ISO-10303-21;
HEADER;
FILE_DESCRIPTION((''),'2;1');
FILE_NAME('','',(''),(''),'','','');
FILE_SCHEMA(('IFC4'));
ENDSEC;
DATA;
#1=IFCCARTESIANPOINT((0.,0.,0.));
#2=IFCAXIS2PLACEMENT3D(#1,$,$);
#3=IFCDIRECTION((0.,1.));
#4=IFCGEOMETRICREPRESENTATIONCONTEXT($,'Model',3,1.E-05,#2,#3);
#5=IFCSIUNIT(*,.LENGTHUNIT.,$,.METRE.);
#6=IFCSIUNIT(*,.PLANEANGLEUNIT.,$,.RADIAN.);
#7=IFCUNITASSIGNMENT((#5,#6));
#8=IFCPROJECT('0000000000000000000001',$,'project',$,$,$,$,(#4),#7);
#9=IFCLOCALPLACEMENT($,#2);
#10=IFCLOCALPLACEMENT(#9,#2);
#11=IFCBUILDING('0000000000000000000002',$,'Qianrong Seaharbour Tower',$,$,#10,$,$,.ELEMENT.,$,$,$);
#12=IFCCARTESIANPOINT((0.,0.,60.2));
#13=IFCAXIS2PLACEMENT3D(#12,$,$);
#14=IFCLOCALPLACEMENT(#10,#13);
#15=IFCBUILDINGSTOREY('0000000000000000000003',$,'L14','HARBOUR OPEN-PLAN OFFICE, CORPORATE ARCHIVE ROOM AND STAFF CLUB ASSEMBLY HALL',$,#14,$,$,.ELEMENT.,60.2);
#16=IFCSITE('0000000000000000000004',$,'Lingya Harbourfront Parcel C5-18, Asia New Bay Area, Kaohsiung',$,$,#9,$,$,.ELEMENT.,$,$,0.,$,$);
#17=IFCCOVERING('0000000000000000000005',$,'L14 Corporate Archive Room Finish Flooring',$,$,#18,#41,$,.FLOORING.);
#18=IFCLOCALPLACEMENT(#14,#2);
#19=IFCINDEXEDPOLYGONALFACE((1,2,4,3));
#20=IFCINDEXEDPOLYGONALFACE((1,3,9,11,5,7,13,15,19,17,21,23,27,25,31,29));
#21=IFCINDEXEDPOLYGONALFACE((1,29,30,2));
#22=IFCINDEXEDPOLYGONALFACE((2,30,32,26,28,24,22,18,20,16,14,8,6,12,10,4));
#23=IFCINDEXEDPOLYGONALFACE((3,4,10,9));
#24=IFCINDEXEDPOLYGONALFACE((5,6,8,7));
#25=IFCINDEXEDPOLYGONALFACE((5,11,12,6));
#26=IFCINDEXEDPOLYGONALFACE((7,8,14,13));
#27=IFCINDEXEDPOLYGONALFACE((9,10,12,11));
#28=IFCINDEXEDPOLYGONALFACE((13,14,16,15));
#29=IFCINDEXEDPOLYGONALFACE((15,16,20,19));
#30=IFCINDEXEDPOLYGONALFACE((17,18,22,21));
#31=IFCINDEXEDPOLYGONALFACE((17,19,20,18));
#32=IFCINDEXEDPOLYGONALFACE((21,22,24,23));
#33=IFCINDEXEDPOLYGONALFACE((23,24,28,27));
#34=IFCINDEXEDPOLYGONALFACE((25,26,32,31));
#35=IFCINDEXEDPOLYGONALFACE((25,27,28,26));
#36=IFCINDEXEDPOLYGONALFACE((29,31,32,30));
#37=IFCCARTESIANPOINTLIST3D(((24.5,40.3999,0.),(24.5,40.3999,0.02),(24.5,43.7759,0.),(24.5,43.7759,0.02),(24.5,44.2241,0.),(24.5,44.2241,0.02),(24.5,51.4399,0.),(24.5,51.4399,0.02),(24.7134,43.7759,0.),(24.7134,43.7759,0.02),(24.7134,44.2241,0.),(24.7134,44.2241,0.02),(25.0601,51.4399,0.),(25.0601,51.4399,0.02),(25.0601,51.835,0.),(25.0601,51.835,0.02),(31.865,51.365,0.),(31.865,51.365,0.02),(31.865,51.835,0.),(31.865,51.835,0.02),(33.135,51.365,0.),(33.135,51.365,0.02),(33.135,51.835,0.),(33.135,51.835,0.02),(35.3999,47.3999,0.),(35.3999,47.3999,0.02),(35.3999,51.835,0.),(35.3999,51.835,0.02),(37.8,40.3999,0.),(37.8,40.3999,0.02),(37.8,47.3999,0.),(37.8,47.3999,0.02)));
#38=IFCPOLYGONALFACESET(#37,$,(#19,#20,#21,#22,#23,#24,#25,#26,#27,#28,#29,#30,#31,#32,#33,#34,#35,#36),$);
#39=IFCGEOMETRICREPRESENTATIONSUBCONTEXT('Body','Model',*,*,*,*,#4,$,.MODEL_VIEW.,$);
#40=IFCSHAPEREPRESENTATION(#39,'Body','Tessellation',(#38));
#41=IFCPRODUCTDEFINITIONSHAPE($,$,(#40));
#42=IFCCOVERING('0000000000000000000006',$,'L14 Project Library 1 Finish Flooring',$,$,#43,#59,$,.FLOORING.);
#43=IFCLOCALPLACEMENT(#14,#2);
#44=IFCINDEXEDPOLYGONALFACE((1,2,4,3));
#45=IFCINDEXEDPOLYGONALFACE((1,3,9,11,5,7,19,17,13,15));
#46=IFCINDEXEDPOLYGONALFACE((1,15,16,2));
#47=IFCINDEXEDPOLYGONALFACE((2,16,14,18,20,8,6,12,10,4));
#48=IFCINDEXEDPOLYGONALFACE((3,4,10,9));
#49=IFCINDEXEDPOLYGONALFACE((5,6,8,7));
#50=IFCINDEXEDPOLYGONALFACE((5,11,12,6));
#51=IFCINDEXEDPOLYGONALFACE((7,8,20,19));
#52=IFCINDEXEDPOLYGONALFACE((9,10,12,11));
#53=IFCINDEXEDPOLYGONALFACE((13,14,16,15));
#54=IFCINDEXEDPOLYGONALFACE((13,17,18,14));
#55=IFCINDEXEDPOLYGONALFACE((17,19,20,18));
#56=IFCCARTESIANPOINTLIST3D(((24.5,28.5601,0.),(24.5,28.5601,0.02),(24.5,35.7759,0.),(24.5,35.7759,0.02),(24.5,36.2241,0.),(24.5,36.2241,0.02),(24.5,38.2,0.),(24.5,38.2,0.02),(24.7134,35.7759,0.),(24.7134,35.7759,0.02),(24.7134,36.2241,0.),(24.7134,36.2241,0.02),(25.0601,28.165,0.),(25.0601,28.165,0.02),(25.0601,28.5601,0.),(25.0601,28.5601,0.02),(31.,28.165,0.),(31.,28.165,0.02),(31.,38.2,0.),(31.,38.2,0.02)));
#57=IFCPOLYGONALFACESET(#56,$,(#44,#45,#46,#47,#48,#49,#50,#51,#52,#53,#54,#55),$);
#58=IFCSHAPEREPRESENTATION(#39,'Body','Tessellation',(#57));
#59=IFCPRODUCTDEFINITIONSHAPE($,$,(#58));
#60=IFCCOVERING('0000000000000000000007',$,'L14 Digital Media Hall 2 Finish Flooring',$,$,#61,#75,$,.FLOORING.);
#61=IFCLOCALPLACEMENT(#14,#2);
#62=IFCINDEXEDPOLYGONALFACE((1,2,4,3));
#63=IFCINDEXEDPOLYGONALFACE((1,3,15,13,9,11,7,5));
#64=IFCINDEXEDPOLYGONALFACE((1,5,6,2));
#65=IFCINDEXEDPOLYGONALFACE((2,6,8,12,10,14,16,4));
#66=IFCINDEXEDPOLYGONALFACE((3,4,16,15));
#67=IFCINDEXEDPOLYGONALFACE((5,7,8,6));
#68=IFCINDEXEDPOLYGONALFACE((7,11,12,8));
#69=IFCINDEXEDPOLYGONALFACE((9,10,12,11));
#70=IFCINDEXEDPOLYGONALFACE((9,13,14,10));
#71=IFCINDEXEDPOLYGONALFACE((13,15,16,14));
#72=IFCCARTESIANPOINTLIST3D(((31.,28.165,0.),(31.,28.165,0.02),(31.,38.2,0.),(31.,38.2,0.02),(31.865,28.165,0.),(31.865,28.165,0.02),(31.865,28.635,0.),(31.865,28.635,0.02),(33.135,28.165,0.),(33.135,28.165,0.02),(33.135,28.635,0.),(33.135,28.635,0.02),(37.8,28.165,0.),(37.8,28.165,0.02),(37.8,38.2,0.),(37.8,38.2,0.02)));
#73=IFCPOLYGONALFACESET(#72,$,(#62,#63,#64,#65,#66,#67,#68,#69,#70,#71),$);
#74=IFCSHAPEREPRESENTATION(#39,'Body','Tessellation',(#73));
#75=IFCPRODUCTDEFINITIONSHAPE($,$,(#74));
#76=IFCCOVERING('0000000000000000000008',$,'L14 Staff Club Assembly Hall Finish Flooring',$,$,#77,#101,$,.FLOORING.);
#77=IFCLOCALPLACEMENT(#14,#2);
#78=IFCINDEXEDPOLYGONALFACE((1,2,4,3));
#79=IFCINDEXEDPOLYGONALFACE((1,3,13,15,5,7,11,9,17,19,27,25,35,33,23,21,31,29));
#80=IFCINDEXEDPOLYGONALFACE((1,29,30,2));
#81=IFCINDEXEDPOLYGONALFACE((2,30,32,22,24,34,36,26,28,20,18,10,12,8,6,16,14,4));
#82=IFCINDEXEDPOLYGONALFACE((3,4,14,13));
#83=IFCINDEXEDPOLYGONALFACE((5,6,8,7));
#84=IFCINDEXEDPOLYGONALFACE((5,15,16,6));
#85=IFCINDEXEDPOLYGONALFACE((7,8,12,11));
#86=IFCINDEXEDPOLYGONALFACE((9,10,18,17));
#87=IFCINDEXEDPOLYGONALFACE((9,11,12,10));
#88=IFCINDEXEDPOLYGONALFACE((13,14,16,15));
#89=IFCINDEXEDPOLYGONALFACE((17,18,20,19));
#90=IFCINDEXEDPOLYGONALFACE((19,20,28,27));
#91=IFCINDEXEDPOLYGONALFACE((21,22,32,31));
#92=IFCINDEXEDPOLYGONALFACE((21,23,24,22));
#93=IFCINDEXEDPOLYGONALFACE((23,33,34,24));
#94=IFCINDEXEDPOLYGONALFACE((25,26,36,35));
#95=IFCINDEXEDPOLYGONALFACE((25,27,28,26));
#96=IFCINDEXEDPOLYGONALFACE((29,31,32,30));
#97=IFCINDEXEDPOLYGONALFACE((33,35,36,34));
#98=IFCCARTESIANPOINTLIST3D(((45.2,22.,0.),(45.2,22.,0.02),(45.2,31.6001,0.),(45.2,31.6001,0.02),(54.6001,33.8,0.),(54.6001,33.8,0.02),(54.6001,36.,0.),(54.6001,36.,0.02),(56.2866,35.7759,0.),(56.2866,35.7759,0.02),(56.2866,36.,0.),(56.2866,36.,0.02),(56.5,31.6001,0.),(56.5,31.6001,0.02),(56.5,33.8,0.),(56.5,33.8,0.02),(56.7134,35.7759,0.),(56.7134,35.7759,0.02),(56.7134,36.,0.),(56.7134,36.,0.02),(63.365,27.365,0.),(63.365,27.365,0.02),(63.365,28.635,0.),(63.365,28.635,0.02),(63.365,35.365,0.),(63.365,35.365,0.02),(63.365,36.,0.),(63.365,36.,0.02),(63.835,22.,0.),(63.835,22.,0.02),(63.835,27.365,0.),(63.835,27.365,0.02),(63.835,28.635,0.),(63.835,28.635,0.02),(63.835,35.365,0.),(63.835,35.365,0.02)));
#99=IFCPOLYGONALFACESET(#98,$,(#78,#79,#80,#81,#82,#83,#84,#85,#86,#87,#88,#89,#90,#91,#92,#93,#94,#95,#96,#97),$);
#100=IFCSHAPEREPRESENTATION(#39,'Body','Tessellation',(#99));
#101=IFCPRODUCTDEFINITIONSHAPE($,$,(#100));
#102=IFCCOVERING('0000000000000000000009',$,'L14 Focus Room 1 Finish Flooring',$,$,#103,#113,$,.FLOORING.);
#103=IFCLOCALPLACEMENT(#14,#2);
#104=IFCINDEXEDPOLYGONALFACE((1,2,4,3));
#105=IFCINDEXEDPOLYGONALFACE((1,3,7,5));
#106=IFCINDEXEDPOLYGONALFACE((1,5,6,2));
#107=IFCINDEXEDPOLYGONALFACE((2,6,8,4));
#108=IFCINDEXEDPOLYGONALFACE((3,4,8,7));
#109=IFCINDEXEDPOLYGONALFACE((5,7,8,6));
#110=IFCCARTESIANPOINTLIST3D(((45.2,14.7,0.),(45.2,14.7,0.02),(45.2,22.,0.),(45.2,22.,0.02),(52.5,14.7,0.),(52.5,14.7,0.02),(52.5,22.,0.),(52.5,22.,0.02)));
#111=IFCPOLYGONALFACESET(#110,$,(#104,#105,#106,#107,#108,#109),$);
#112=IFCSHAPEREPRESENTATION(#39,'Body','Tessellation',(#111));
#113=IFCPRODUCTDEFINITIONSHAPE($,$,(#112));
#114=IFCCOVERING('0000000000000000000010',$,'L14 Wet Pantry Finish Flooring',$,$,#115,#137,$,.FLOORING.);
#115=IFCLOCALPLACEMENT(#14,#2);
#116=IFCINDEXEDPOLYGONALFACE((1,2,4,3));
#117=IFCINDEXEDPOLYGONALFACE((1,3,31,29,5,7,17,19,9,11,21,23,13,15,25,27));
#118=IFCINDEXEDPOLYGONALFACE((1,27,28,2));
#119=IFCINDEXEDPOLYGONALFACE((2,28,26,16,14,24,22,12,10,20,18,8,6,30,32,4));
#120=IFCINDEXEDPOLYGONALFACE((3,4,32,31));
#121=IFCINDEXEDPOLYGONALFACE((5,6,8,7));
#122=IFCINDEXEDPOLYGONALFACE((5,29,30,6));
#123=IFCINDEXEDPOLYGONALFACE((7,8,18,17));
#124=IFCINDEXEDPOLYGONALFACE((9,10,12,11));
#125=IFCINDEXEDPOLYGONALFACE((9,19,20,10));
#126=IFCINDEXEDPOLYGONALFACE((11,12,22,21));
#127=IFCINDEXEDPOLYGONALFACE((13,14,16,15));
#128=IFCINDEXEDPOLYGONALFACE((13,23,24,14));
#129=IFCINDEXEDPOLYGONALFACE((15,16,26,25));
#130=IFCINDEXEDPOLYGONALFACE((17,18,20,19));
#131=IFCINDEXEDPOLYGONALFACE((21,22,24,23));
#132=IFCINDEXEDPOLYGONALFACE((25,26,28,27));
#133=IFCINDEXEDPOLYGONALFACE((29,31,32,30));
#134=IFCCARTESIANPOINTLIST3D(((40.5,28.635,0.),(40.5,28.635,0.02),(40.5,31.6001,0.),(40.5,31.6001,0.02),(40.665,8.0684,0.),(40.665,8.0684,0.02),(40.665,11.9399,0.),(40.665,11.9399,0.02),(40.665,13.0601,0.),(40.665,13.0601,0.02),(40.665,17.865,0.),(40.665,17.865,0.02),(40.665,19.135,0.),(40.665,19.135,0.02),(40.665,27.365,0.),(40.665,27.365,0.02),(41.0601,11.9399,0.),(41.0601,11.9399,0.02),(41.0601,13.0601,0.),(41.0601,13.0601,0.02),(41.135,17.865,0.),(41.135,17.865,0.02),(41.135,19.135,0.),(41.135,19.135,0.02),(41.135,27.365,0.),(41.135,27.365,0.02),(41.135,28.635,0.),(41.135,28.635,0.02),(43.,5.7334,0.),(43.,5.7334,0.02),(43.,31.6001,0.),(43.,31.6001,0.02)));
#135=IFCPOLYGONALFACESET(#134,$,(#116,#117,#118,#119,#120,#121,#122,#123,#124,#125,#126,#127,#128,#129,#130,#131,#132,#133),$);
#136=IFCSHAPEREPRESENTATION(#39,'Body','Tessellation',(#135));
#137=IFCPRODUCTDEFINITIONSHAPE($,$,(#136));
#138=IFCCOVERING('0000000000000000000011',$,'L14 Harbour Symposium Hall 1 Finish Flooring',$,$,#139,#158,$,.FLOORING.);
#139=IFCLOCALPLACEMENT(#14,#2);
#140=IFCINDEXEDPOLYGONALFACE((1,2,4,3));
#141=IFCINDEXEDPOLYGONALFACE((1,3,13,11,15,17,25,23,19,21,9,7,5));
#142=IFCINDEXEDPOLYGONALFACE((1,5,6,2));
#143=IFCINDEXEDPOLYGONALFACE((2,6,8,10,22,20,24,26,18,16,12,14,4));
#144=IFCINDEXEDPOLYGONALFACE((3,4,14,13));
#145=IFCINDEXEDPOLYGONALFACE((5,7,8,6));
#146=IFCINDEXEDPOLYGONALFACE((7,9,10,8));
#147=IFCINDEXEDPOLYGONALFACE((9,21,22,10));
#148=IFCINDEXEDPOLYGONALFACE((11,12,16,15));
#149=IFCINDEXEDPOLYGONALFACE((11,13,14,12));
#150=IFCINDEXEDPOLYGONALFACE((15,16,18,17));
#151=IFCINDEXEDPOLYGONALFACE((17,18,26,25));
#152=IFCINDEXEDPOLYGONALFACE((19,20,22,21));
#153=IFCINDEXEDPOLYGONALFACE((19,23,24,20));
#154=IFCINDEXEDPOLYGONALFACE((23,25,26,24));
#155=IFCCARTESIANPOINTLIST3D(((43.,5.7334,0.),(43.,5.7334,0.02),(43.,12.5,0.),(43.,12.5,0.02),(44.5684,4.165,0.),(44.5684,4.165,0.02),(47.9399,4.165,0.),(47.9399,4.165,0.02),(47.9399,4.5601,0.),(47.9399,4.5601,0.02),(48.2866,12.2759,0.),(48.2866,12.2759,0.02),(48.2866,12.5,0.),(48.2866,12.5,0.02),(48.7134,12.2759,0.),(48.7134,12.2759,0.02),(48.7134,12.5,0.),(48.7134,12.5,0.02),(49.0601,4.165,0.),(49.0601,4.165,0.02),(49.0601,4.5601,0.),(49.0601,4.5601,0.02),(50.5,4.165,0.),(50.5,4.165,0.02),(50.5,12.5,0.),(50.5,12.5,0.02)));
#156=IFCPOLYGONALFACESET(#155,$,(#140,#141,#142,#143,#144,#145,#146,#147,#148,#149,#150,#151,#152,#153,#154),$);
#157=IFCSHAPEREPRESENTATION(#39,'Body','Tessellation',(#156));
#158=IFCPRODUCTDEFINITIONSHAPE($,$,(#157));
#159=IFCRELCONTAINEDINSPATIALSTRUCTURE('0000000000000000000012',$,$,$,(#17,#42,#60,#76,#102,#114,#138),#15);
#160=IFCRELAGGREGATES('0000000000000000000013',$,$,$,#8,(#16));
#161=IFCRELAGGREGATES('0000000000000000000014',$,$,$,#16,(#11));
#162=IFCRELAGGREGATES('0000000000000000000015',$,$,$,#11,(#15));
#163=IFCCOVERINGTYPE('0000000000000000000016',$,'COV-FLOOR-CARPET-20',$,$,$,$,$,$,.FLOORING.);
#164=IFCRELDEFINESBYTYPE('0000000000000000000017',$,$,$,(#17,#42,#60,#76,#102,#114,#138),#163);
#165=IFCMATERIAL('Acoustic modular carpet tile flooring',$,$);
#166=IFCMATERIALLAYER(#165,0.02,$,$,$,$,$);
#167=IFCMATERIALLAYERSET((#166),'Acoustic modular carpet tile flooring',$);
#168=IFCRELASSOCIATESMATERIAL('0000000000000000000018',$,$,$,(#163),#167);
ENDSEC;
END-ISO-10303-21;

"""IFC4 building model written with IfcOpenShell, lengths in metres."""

from ifc_helpers import new_model, si_unit, direction, frame, origin, place, context, subcontext, project, spatial, polyline, outline, extrude, material, layer, layer_set, type_object, element, save


model = new_model("IFC4")

# Units and contexts
model_context = context("Model", 3, precision=1e-05, world=origin(), true_north=direction((0.0, 1.0)))
body_context = subcontext(model_context, "Body", "Model", "MODEL_VIEW")
ifc_project = project(units=[si_unit("LENGTHUNIT", "METRE"), si_unit("PLANEANGLEUNIT", "RADIAN")], contexts=[model_context])

# Site, building, storey
site_placement = place(None, origin())
site = spatial("IfcSite", under=ifc_project, at=site_placement, Name="Lingya Harbourfront Parcel C5-18, Asia New Bay Area, Kaohsiung", CompositionType="ELEMENT", RefElevation=0.0)
building_placement = place(site_placement, origin())
building = spatial("IfcBuilding", under=site, at=building_placement, Name="Qianrong Seaharbour Tower", CompositionType="ELEMENT")
storey_placement = place(building_placement, frame((0.0, 0.0, 60.2)))
storey = spatial("IfcBuildingStorey", under=building, at=storey_placement, Name="L14", Description="HARBOUR OPEN-PLAN OFFICE, CORPORATE ARCHIVE ROOM AND STAFF CLUB ASSEMBLY HALL", CompositionType="ELEMENT", Elevation=60.2)

# Coverings
ifc_material_1 = material(Name="Acoustic modular carpet tile flooring")
ifc_layer_1 = layer(ifc_material_1, 0.02)
ifc_layer_set_1 = layer_set([ifc_layer_1], Name="Acoustic modular carpet tile flooring")
covering_type_1 = type_object("IfcCoveringType", Name="COV-FLOOR-CARPET-20", PredefinedType="FLOORING", material=ifc_layer_set_1)
covering_1_placement = place(storey_placement, origin())
element("IfcCovering", 1, at=covering_1_placement, inside=storey, type_object=covering_type_1, Name="L14 Corporate Archive Room Finish Flooring", PredefinedType="FLOORING", context=body_context, shape_type="SweptSolid", body=[
    extrude(outline(polyline([(24.5, 43.7759), (24.7134, 43.7759), (24.7134, 44.2241), (24.5, 44.2241), (24.5, 51.4399), (25.0601, 51.4399), (25.0601, 51.835), (31.865, 51.835), (31.865, 51.365), (33.135, 51.365), (33.135, 51.835), (35.3999, 51.835), (35.3999, 47.3999), (37.8, 47.3999), (37.8, 40.3999), (24.5, 40.3999), (24.5, 43.7759)])), origin(), (0.0, 0.0, 1.0), 0.02),
])
covering_2_placement = place(storey_placement, origin())
element("IfcCovering", 2, at=covering_2_placement, inside=storey, type_object=covering_type_1, Name="L14 Project Library 1 Finish Flooring", PredefinedType="FLOORING", context=body_context, shape_type="SweptSolid", body=[
    extrude(outline(polyline([(31.0, 28.165), (25.0601, 28.165), (25.0601, 28.5601), (24.5, 28.5601), (24.5, 35.7759), (24.7134, 35.7759), (24.7134, 36.2241), (24.5, 36.2241), (24.5, 38.2), (31.0, 38.2), (31.0, 28.165)])), origin(), (0.0, 0.0, 1.0), 0.02),
])
covering_3_placement = place(storey_placement, origin())
element("IfcCovering", 3, at=covering_3_placement, inside=storey, type_object=covering_type_1, Name="L14 Digital Media Hall 2 Finish Flooring", PredefinedType="FLOORING", context=body_context, shape_type="SweptSolid", body=[
    extrude(outline(polyline([(37.8, 28.165), (33.135, 28.165), (33.135, 28.635), (31.865, 28.635), (31.865, 28.165), (31.0, 28.165), (31.0, 38.2), (37.8, 38.2), (37.8, 28.165)])), origin(), (0.0, 0.0, 1.0), 0.02),
])
covering_4_placement = place(storey_placement, origin())
element("IfcCovering", 4, at=covering_4_placement, inside=storey, type_object=covering_type_1, Name="L14 Staff Club Assembly Hall Finish Flooring", PredefinedType="FLOORING", context=body_context, shape_type="SweptSolid", body=[
    extrude(outline(polyline([(56.5, 31.6001), (56.5, 33.8), (54.6001, 33.8), (54.6001, 36.0), (56.2866, 36.0), (56.2866, 35.7759), (56.7134, 35.7759), (56.7134, 36.0), (63.365, 36.0), (63.365, 35.365), (63.835, 35.365), (63.835, 28.635), (63.365, 28.635), (63.365, 27.365), (63.835, 27.365), (63.835, 22.0), (45.2, 22.0), (45.2, 31.6001), (56.5, 31.6001)])), origin(), (0.0, 0.0, 1.0), 0.02),
])
covering_5_placement = place(storey_placement, origin())
element("IfcCovering", 5, at=covering_5_placement, inside=storey, type_object=covering_type_1, Name="L14 Focus Room 1 Finish Flooring", PredefinedType="FLOORING", context=body_context, shape_type="SweptSolid", body=[
    extrude(outline(polyline([(52.5, 22.0), (52.5, 14.7), (45.2, 14.7), (45.2, 22.0), (52.5, 22.0)])), origin(), (0.0, 0.0, 1.0), 0.02),
])
covering_6_placement = place(storey_placement, origin())
element("IfcCovering", 6, at=covering_6_placement, inside=storey, type_object=covering_type_1, Name="L14 Wet Pantry Finish Flooring", PredefinedType="FLOORING", context=body_context, shape_type="SweptSolid", body=[
    extrude(outline(polyline([(43.0, 5.7334), (40.665, 8.0684), (40.665, 11.9399), (41.0601, 11.9399), (41.0601, 13.0601), (40.665, 13.0601), (40.665, 17.865), (41.135, 17.865), (41.135, 19.135), (40.665, 19.135), (40.665, 27.365), (41.135, 27.365), (41.135, 28.635), (40.5, 28.635), (40.5, 31.6001), (43.0, 31.6001), (43.0, 5.7334)])), origin(), (0.0, 0.0, 1.0), 0.02),
])
covering_7_placement = place(storey_placement, origin())
element("IfcCovering", 7, at=covering_7_placement, inside=storey, type_object=covering_type_1, Name="L14 Harbour Symposium Hall 1 Finish Flooring", PredefinedType="FLOORING", context=body_context, shape_type="SweptSolid", body=[
    extrude(outline(polyline([(50.5, 4.165), (49.0601, 4.165), (49.0601, 4.5601), (47.9399, 4.5601), (47.9399, 4.165), (44.5684, 4.165), (43.0, 5.7334), (43.0, 12.5), (48.2866, 12.5), (48.2866, 12.2759), (48.7134, 12.2759), (48.7134, 12.5), (50.5, 12.5), (50.5, 4.165)])), origin(), (0.0, 0.0, 1.0), 0.02),
])

save(model, "model.ifc")
